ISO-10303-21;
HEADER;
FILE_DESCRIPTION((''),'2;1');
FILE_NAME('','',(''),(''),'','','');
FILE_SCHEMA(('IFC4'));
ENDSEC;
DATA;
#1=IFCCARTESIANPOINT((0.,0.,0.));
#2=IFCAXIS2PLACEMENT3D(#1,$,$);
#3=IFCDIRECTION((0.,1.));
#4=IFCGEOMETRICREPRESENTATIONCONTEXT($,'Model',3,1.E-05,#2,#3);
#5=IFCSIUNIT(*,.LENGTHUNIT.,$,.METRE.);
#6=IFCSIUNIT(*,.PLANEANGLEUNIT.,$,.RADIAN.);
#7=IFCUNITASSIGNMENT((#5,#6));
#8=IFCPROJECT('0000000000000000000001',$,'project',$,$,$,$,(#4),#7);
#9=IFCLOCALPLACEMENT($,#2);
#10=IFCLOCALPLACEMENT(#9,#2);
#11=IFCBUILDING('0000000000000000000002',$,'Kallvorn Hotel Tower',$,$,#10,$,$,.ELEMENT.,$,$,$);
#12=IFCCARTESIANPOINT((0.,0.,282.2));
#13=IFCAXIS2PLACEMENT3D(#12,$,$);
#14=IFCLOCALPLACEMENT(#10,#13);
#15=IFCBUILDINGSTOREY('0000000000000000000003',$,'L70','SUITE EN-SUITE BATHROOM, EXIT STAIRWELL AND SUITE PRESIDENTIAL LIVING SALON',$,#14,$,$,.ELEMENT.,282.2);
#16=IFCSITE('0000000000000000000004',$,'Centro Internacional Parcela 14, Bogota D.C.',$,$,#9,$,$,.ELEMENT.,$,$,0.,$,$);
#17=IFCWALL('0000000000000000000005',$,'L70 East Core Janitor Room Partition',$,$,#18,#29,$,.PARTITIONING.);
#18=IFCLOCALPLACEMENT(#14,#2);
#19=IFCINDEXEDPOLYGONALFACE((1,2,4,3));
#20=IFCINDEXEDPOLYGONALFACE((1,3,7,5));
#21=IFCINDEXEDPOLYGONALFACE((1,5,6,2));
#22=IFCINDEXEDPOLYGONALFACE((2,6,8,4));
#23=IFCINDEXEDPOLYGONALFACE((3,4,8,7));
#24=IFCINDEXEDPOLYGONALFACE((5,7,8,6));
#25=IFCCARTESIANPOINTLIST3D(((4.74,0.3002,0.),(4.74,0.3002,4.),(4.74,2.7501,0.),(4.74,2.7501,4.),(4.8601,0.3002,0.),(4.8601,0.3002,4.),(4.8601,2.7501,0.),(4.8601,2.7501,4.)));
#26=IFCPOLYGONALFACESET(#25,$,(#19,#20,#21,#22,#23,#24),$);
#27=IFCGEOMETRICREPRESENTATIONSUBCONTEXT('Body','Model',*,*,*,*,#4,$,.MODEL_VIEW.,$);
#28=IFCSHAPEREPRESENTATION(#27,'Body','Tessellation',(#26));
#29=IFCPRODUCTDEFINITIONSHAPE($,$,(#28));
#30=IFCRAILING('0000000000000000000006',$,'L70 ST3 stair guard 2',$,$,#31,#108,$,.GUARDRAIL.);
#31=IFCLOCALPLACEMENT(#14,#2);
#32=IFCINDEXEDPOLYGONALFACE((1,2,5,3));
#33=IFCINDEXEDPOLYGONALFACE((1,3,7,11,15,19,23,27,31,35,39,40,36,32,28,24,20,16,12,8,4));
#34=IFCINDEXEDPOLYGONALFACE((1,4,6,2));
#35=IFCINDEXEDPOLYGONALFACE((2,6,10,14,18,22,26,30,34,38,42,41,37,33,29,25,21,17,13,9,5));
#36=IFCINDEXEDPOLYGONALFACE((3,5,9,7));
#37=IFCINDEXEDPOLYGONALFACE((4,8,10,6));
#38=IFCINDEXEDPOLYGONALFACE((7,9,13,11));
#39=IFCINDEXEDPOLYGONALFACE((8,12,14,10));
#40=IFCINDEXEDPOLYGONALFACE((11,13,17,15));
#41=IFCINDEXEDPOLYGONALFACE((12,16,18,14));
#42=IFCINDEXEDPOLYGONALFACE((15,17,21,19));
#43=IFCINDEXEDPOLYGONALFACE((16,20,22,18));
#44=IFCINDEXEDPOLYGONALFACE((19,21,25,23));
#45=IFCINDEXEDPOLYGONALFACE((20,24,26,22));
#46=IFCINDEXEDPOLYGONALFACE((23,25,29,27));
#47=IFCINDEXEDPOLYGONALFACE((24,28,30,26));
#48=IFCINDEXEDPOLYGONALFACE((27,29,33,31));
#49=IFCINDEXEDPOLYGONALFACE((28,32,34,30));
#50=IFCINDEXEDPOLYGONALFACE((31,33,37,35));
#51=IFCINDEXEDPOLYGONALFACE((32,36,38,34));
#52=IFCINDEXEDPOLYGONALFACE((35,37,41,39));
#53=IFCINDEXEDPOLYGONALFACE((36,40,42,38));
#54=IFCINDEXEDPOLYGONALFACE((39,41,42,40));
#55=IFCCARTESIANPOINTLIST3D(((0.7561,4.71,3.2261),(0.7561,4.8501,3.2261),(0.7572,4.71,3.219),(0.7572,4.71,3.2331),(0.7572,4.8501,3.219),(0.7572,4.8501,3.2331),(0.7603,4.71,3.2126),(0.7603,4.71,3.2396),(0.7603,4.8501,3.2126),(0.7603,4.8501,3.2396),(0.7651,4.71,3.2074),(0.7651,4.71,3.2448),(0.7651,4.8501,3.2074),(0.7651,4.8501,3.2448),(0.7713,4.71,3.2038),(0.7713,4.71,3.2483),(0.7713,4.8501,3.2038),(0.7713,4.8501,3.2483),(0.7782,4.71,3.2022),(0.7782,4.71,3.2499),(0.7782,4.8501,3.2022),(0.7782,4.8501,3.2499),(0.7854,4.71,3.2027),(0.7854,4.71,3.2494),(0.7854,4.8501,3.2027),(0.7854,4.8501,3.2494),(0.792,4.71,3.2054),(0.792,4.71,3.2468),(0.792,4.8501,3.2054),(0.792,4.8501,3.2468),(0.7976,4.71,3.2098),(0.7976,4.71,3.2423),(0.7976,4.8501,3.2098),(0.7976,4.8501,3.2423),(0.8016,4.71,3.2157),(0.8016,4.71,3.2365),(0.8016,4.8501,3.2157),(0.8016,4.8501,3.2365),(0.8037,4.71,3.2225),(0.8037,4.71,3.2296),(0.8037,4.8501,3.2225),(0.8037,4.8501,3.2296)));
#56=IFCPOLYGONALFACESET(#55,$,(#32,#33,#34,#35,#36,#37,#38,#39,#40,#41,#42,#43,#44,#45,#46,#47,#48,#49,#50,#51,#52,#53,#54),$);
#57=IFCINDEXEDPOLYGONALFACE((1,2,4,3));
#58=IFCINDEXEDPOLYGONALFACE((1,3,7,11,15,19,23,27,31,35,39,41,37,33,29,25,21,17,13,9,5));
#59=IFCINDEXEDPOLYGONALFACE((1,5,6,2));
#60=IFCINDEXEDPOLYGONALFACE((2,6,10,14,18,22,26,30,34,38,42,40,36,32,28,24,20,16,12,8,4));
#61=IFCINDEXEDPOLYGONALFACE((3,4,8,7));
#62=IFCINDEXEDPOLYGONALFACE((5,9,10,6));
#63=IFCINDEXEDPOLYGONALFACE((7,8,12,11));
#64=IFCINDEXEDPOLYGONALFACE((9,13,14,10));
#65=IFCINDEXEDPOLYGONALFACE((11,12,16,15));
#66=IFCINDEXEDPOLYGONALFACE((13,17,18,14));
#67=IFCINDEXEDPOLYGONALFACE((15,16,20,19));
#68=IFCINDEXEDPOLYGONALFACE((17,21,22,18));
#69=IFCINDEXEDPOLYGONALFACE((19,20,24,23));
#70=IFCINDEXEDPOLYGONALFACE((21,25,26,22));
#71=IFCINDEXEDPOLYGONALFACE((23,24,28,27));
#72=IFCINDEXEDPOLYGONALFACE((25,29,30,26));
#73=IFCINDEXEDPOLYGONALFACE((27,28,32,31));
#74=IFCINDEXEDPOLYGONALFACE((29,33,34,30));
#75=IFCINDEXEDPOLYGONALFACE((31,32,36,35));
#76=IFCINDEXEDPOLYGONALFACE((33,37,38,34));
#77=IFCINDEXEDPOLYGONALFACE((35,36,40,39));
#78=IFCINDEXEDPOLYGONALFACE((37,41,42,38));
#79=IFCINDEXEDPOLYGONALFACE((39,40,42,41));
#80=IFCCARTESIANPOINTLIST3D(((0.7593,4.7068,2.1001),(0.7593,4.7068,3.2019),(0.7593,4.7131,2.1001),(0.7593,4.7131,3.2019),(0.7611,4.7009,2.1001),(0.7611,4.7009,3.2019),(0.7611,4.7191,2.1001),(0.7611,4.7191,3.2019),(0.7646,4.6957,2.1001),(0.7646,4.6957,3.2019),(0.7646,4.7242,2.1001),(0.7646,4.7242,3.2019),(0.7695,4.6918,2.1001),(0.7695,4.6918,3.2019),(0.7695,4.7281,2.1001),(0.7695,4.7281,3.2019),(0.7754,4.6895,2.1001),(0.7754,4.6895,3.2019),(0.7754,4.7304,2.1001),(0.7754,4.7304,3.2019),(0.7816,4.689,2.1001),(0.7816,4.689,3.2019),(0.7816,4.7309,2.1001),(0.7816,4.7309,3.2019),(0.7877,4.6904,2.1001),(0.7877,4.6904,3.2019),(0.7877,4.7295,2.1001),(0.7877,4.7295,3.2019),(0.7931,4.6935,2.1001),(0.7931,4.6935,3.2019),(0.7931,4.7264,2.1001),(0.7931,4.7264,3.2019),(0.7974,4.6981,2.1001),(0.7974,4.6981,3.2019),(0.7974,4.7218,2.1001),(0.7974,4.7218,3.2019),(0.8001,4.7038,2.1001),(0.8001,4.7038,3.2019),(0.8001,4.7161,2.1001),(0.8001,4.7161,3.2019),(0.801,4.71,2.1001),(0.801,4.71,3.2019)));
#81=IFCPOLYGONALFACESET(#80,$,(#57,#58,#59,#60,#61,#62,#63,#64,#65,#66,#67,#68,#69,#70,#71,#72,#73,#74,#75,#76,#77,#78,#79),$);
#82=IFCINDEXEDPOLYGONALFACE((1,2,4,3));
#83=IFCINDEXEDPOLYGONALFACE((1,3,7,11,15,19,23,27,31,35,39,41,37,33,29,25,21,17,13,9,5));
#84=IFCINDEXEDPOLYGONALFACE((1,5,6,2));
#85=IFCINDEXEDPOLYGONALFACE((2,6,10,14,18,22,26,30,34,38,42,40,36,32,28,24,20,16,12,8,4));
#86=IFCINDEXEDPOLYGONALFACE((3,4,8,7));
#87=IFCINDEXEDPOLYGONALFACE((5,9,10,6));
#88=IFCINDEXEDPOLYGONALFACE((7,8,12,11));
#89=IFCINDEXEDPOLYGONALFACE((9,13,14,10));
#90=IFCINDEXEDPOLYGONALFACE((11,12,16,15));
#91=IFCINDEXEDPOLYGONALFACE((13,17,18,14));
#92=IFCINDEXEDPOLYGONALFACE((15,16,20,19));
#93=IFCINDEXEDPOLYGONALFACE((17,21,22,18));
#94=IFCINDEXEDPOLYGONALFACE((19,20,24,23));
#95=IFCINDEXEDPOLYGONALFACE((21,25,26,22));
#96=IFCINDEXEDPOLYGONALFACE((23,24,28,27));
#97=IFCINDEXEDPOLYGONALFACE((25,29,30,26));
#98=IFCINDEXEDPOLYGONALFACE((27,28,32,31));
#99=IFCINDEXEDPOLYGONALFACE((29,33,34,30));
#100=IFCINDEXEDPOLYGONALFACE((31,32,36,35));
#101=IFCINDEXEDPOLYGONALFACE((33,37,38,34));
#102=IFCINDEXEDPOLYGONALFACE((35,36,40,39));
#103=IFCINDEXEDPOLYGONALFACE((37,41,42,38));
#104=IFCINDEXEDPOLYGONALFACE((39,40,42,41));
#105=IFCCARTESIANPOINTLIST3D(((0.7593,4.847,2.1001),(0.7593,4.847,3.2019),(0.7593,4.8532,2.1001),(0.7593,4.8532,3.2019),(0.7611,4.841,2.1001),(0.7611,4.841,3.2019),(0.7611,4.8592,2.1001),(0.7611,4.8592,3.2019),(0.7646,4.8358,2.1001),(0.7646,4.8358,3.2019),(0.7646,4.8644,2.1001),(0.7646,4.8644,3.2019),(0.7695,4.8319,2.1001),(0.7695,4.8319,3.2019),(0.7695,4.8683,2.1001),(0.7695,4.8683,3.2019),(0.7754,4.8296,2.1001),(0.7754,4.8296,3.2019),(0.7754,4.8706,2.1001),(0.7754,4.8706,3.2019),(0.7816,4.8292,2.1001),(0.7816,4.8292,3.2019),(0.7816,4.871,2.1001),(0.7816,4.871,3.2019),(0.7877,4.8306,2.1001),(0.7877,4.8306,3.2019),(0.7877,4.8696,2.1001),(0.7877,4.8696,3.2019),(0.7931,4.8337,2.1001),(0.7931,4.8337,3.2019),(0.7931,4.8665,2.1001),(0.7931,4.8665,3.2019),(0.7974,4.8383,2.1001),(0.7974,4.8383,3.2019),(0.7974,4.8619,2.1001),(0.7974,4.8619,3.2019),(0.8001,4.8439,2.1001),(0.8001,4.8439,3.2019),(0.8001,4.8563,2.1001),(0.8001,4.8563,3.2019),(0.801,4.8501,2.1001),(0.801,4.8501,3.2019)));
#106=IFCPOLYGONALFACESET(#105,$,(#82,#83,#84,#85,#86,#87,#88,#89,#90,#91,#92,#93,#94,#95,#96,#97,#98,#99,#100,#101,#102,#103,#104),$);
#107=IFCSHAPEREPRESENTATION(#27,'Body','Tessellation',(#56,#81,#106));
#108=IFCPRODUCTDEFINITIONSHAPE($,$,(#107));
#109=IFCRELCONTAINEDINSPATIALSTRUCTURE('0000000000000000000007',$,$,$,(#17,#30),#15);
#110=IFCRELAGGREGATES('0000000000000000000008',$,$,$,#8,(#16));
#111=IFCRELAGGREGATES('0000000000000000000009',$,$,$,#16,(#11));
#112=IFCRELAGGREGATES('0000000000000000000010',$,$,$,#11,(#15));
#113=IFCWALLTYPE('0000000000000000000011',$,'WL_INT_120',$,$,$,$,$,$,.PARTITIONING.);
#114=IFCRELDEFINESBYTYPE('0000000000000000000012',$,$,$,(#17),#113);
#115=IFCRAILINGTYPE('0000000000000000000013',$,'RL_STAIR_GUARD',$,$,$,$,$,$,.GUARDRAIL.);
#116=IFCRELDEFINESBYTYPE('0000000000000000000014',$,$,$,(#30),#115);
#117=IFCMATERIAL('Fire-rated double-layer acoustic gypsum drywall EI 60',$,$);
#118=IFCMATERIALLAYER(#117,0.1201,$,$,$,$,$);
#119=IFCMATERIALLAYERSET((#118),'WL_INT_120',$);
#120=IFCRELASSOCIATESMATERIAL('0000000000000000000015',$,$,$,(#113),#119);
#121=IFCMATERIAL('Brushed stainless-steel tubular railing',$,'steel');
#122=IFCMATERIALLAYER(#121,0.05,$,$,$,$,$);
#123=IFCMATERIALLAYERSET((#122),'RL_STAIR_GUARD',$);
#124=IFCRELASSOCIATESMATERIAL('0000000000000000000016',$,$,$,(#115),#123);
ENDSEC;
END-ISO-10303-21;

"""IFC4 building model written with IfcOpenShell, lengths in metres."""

from ifc_helpers import new_model, si_unit, direction, frame, frame_2d, origin, origin_2d, place, context, subcontext, project, spatial, rectangle, circle, extrude, material, layer, layer_set, type_object, element, save


model = new_model("IFC4")

# Units and contexts
model_context = context("Model", 3, precision=1e-05, world=origin(), true_north=direction((0.0, 1.0)))
body_context = subcontext(model_context, "Body", "Model", "MODEL_VIEW")
ifc_project = project(units=[si_unit("LENGTHUNIT", "METRE"), si_unit("PLANEANGLEUNIT", "RADIAN")], contexts=[model_context])

# Site, building, storey
site_placement = place(None, origin())
site = spatial("IfcSite", under=ifc_project, at=site_placement, Name="Centro Internacional Parcela 14, Bogota D.C.", CompositionType="ELEMENT", RefElevation=0.0)
building_placement = place(site_placement, origin())
building = spatial("IfcBuilding", under=site, at=building_placement, Name="Kallvorn Hotel Tower", CompositionType="ELEMENT")
storey_placement = place(building_placement, frame((0.0, 0.0, 282.2)))
storey = spatial("IfcBuildingStorey", under=building, at=storey_placement, Name="L70", Description="SUITE EN-SUITE BATHROOM, EXIT STAIRWELL AND SUITE PRESIDENTIAL LIVING SALON", CompositionType="ELEMENT", Elevation=282.2)

# Shared definitions
ifc_material_1 = material(Name="Fire-rated double-layer acoustic gypsum drywall EI 60")
ifc_layer_1 = layer(ifc_material_1, 0.1201)
ifc_layer_set_1 = layer_set([ifc_layer_1], Name="WL_INT_120")
wall_type_1 = type_object("IfcWallType", Name="WL_INT_120", PredefinedType="PARTITIONING", material=ifc_layer_set_1)

# Wall
wall_1_placement = place(storey_placement, frame((4.8, 0.3, 0.0), z_axis=(0.0, 0.0, 1.0), x_axis=(0.0, 1.0, 0.0)))
element("IfcWall", 1, at=wall_1_placement, inside=storey, type_object=wall_type_1, Name="L70 East Core Janitor Room Partition", PredefinedType="PARTITIONING", context=body_context, shape_type="SweptSolid", body=[
    extrude(rectangle(XDim=2.45, YDim=0.1201, at=frame_2d((1.2251, 0.0))), origin(), (0.0, 0.0, 1.0), 4.0),
])

# Railing
ifc_material_2 = material(Name="Brushed stainless-steel tubular railing", Category="steel")
ifc_layer_2 = layer(ifc_material_2, 0.05)
ifc_layer_set_2 = layer_set([ifc_layer_2], Name="RL_STAIR_GUARD")
railing_type = type_object("IfcRailingType", Name="RL_STAIR_GUARD", PredefinedType="GUARDRAIL", material=ifc_layer_set_2)
railing_placement = place(storey_placement, frame((0.78, 4.71, 2.1001)))
element("IfcRailing", 2, at=railing_placement, inside=storey, type_object=railing_type, Name="L70 ST3 stair guard 2", PredefinedType="GUARDRAIL", context=body_context, shape_type="SweptSolid", body=[
    extrude(circle(Radius=0.0239, at=origin_2d()), frame((0.0, 0.0, 1.126), z_axis=(0.0, 1.0, 0.0), x_axis=(-1.0, 0.0, 0.0)), (0.0, 0.0, 1.0), 0.1401),
    extrude(circle(Radius=0.021, at=origin_2d()), origin(), (0.0, 0.0, 1.0), 1.1018),
    extrude(circle(Radius=0.021, at=origin_2d()), frame((0.0, 0.1401, 0.0)), (0.0, 0.0, 1.0), 1.1018),
])

save(model, "model.ifc")
